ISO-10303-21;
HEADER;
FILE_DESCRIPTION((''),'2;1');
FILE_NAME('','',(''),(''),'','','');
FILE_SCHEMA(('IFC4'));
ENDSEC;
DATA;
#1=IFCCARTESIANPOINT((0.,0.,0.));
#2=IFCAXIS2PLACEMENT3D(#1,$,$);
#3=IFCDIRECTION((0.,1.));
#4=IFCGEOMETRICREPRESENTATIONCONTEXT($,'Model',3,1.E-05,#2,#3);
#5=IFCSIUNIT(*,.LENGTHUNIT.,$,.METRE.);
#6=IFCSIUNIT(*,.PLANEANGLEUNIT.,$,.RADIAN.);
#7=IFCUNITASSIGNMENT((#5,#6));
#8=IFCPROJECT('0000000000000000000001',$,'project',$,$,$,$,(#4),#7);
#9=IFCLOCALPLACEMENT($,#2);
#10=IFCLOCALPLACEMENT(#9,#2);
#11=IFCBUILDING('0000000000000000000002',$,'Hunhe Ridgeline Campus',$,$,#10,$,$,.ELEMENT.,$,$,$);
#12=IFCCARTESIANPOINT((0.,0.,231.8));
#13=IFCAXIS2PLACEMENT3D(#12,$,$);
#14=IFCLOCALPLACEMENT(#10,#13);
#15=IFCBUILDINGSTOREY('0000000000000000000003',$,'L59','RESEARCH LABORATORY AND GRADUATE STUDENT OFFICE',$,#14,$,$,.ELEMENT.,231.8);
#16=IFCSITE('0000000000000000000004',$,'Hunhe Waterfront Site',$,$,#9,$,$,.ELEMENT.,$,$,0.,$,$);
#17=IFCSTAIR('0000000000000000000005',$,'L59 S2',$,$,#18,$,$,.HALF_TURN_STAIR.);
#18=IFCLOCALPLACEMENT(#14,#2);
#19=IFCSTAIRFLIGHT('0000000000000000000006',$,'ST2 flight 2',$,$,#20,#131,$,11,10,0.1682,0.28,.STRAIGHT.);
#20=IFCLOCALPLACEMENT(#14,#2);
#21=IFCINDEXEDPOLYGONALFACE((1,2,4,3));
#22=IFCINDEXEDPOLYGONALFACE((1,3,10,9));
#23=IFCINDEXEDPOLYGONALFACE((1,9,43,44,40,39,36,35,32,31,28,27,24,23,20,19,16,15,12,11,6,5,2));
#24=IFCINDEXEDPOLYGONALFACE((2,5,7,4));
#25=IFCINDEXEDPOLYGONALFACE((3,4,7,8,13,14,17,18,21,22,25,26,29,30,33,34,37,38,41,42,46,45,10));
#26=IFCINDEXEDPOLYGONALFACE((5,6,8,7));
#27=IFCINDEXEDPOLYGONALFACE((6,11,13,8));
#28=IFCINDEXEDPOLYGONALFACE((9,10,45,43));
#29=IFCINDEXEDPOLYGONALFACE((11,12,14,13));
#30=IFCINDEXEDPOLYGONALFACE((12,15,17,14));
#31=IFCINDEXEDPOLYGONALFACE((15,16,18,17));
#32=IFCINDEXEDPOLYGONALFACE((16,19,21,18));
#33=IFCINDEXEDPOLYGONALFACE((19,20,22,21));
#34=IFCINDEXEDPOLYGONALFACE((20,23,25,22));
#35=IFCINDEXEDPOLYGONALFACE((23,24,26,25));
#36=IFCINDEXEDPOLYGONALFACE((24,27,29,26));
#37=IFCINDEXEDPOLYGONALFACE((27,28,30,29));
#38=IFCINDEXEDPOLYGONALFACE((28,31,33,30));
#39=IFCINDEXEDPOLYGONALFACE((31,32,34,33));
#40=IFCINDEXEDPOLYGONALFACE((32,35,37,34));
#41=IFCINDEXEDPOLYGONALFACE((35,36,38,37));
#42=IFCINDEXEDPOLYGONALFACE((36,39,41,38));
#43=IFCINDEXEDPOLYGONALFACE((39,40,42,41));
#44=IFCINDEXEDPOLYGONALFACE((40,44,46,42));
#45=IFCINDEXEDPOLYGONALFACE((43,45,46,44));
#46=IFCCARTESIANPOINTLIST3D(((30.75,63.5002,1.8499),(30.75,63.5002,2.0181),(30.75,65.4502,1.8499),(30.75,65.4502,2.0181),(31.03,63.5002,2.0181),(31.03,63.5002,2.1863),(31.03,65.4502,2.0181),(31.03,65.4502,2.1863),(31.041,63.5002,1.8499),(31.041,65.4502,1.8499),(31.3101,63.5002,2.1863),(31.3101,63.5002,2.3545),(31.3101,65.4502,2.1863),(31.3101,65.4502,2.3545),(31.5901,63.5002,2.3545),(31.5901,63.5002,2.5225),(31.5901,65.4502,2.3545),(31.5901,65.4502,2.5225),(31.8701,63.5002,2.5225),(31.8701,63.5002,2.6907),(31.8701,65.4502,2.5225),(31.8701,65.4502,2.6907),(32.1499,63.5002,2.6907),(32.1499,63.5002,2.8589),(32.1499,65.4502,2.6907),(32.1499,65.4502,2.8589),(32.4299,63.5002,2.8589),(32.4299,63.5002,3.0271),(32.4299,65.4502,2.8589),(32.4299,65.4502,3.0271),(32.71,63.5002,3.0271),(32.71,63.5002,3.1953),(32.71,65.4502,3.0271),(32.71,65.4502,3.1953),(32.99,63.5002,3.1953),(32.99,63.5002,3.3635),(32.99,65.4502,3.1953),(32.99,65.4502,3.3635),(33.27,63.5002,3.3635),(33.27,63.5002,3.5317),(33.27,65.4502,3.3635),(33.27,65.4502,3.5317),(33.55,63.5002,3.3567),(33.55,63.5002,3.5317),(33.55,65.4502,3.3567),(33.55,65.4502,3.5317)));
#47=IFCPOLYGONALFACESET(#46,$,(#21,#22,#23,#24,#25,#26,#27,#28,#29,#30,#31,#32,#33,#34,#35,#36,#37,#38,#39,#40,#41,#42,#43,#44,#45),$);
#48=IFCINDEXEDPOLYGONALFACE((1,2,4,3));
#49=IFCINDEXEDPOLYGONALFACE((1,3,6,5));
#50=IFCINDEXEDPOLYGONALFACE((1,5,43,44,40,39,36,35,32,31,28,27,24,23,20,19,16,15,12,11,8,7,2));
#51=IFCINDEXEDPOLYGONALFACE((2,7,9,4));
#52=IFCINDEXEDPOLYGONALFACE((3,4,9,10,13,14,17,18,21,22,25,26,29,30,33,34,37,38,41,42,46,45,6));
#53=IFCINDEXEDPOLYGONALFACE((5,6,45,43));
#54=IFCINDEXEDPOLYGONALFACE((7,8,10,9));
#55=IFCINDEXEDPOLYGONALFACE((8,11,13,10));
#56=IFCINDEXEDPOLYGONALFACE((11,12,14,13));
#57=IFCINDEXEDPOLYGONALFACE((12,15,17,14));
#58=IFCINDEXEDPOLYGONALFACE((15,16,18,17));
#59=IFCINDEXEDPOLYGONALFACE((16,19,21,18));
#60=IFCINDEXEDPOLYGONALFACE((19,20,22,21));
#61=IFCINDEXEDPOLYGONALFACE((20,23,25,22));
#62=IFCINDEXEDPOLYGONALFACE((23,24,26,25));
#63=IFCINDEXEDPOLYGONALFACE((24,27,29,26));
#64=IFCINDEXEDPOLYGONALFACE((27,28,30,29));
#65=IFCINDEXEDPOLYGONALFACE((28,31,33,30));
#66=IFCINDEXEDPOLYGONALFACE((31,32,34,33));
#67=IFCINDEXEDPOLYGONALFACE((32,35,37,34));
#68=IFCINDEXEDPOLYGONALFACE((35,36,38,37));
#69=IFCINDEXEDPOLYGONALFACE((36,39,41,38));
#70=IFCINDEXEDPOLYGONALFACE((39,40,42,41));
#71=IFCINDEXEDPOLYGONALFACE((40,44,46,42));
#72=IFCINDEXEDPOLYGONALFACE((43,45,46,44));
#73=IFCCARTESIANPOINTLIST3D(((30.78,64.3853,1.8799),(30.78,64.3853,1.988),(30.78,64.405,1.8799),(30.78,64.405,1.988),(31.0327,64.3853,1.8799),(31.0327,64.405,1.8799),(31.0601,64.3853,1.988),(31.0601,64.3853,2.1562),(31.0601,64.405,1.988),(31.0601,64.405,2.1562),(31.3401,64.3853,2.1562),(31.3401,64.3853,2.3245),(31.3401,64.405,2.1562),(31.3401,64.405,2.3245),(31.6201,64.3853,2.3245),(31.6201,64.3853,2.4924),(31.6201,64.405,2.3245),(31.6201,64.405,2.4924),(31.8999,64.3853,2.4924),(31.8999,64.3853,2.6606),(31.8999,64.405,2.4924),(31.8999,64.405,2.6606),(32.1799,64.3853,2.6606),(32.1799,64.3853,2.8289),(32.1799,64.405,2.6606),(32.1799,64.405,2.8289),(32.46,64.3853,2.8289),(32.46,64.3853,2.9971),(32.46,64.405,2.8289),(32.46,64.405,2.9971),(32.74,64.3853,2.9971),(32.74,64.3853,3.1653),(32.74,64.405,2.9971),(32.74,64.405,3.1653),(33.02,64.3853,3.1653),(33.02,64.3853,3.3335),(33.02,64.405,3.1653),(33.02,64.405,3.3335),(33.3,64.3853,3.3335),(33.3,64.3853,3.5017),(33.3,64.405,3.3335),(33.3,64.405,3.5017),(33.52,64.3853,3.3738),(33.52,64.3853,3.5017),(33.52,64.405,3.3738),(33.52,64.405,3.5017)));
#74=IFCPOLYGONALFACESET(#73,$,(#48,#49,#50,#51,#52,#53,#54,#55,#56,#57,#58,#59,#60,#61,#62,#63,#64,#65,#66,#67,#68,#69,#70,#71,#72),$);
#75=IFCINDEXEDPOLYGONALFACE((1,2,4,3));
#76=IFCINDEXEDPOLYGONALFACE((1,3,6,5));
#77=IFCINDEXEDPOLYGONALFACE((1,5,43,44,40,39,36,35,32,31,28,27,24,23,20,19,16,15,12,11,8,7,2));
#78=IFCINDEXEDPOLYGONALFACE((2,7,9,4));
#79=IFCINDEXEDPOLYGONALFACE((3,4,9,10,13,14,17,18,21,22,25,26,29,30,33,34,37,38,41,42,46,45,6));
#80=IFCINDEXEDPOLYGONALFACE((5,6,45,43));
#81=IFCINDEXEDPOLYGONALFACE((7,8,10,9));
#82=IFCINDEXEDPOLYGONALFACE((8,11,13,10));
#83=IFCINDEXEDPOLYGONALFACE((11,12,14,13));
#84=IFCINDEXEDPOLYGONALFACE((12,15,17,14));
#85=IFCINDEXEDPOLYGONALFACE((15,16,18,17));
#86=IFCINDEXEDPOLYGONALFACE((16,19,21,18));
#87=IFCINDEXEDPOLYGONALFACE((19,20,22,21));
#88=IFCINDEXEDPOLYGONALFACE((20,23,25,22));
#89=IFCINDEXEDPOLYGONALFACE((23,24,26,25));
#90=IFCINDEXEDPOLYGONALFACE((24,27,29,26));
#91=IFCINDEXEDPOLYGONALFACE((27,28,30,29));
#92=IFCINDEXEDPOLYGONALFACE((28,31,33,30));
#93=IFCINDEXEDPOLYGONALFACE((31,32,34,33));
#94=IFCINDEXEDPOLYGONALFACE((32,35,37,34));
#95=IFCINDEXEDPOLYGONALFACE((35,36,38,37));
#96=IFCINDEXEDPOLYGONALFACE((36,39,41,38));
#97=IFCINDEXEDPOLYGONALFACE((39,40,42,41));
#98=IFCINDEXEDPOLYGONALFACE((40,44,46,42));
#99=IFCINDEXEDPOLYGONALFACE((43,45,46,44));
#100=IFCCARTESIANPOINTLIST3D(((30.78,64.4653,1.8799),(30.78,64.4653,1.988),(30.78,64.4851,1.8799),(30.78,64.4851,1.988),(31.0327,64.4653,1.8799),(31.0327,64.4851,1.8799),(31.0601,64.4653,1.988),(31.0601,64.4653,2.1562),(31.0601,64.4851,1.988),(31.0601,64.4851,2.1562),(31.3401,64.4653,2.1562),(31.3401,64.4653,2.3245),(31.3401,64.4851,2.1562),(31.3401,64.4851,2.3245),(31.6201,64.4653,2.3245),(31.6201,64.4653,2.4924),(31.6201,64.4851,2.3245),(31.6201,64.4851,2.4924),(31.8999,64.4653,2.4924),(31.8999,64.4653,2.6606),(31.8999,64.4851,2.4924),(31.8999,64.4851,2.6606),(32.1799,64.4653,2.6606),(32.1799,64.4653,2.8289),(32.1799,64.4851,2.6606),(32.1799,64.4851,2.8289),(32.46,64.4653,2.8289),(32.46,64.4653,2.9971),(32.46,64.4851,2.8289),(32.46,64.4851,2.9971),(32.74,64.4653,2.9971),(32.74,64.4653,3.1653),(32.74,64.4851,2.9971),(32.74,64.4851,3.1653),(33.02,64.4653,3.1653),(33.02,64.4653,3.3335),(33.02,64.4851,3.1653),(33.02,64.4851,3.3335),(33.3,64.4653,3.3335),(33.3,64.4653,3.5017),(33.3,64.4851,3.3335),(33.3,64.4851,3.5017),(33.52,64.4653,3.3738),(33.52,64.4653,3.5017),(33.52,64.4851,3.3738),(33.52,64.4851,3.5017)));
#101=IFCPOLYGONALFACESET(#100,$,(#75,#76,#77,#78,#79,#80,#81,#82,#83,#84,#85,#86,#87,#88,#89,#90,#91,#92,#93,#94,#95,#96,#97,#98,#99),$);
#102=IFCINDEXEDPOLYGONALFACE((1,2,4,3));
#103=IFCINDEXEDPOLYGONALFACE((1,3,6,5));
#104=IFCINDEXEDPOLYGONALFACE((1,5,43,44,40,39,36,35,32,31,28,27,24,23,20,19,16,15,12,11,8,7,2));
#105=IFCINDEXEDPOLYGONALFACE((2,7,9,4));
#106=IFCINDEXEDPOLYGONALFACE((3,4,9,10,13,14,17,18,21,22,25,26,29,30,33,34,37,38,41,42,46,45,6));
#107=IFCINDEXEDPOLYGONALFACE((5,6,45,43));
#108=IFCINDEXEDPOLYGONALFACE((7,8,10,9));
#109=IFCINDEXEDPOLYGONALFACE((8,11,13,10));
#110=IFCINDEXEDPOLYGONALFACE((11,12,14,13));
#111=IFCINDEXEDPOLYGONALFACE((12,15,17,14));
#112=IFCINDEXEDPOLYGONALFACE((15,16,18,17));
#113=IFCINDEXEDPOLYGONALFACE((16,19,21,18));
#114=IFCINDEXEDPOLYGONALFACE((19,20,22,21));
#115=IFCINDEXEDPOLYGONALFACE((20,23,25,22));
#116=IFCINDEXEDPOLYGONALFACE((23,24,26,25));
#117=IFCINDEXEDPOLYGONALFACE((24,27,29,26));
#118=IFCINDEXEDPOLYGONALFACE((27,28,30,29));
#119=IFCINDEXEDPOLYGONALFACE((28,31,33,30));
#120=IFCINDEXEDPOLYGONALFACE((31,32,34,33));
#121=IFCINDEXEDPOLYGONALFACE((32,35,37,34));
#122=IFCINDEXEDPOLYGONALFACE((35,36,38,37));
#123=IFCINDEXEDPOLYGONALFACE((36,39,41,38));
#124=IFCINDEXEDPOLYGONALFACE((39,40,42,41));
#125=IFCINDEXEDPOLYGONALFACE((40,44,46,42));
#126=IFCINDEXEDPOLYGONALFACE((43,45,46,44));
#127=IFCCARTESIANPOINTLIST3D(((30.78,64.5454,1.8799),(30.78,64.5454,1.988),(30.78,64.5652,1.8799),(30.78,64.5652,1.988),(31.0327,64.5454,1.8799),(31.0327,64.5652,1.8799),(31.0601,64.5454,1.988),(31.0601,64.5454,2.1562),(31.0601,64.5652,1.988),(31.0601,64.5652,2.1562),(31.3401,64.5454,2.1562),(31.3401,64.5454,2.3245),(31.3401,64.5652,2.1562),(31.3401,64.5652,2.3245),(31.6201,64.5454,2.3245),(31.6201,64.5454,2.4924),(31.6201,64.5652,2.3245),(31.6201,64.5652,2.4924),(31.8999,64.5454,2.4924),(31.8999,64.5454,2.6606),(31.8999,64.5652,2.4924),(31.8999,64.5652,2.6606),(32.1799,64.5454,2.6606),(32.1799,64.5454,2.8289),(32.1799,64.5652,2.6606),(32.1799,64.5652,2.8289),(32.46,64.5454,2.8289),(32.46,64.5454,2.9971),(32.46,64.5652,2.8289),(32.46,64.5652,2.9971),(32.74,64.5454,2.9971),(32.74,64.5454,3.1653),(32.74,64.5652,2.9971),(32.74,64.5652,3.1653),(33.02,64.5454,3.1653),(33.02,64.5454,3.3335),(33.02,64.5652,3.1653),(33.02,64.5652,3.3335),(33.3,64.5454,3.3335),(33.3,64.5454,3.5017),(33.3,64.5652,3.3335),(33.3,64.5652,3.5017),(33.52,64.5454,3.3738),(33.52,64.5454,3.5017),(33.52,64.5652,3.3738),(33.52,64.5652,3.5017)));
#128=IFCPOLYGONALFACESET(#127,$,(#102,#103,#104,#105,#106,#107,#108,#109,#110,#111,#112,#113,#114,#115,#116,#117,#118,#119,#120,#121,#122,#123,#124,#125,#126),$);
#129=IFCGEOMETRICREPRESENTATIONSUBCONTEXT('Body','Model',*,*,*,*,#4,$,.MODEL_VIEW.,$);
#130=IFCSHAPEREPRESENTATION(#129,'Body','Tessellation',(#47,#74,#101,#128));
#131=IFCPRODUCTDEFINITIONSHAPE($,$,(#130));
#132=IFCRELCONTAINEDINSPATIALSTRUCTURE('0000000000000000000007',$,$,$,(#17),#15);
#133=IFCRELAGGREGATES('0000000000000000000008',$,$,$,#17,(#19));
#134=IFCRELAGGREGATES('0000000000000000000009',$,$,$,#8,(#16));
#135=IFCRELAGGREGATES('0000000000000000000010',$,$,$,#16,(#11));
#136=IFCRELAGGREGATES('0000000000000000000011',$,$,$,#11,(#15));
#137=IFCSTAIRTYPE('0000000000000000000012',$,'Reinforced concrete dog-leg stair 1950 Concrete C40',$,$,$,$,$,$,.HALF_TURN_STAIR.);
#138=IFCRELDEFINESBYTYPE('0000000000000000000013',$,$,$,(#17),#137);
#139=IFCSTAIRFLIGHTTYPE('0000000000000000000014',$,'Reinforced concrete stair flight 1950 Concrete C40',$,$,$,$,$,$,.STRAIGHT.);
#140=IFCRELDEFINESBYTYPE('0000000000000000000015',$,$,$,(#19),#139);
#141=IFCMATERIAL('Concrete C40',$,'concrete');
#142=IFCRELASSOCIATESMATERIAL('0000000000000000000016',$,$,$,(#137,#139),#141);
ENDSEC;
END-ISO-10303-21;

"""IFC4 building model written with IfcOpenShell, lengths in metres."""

from ifc_helpers import new_model, si_unit, direction, frame, origin, place, context, subcontext, project, spatial, polyline, outline, extrude, material, type_object, element, aggregate, save


model = new_model("IFC4")

# Units and contexts
model_context = context("Model", 3, precision=1e-05, world=origin(), true_north=direction((0.0, 1.0)))
body_context = subcontext(model_context, "Body", "Model", "MODEL_VIEW")
ifc_project = project(units=[si_unit("LENGTHUNIT", "METRE"), si_unit("PLANEANGLEUNIT", "RADIAN")], contexts=[model_context])

# Site, building, storey
site_placement = place(None, origin())
site = spatial("IfcSite", under=ifc_project, at=site_placement, Name="Hunhe Waterfront Site", CompositionType="ELEMENT", RefElevation=0.0)
building_placement = place(site_placement, origin())
building = spatial("IfcBuilding", under=site, at=building_placement, Name="Hunhe Ridgeline Campus", CompositionType="ELEMENT")
storey_placement = place(building_placement, frame((0.0, 0.0, 231.8)))
storey = spatial("IfcBuildingStorey", under=building, at=storey_placement, Name="L59", Description="RESEARCH LABORATORY AND GRADUATE STUDENT OFFICE", CompositionType="ELEMENT", Elevation=231.8)

# Stair, stair flight
ifc_material_1 = material(Name="Concrete C40", Category="concrete")
stair_type = type_object("IfcStairType", Name="Reinforced concrete dog-leg stair 1950 Concrete C40", PredefinedType="HALF_TURN_STAIR", material=ifc_material_1)
stair_1_placement = place(storey_placement, origin())
stair_1 = element("IfcStair", 1, at=stair_1_placement, inside=storey, type_object=stair_type, Name="L59 S2", PredefinedType="HALF_TURN_STAIR")
stair_flight_type = type_object("IfcStairFlightType", Name="Reinforced concrete stair flight 1950 Concrete C40", PredefinedType="STRAIGHT", material=ifc_material_1)
stair_flight_1_placement = place(storey_placement, frame((30.75, 64.4751, 1.8499), z_axis=(0.0, 0.0, 1.0), x_axis=(1.0, 0.0, 0.0)))
stair_flight_1 = element("IfcStairFlight", 2, at=stair_flight_1_placement, type_object=stair_flight_type, Name="ST2 flight 2", NumberOfRisers=11, NumberOfTreads=10, PredefinedType="STRAIGHT", RiserHeight=0.1682, TreadLength=0.28, context=body_context, shape_type="SweptSolid", body=[
    extrude(outline(polyline([(0.0, 0.0), (0.0, 0.1682), (0.28, 0.1682), (0.28, 0.3364), (0.5601, 0.3364), (0.5601, 0.5046), (0.8401, 0.5046), (0.8401, 0.6726), (1.1201, 0.6726), (1.1201, 0.8408), (1.3999, 0.8408), (1.3999, 1.009), (1.6799, 1.009), (1.6799, 1.1772), (1.96, 1.1772), (1.96, 1.3455), (2.24, 1.3455), (2.24, 1.5137), (2.52, 1.5137), (2.52, 1.6819), (2.8, 1.6819), (2.8, 1.8501), (2.8, 1.5068), (0.291, 0.0), (0.0, 0.0)])), frame((0.0, 0.9751, 0.0), z_axis=(0.0, -1.0, 0.0), x_axis=(1.0, 0.0, 0.0)), (0.0, 0.0, 1.0), 1.95),
    extrude(outline(polyline([(0.03, 0.03), (0.03, 0.1382), (0.3101, 0.1382), (0.3101, 0.3064), (0.5901, 0.3064), (0.5901, 0.4746), (0.8701, 0.4746), (0.8701, 0.6426), (1.1499, 0.6426), (1.1499, 0.8108), (1.4299, 0.8108), (1.4299, 0.979), (1.71, 0.979), (1.71, 1.1472), (1.99, 1.1472), (1.99, 1.3154), (2.27, 1.3154), (2.27, 1.4836), (2.55, 1.4836), (2.55, 1.6519), (2.77, 1.6519), (2.77, 1.5239), (0.2827, 0.03), (0.03, 0.03)])), frame((0.0, -0.0701, 0.0), z_axis=(0.0, -1.0, 0.0), x_axis=(1.0, 0.0, 0.0)), (0.0, 0.0, 1.0), 0.0198),
    extrude(outline(polyline([(0.03, 0.03), (0.03, 0.1382), (0.3101, 0.1382), (0.3101, 0.3064), (0.5901, 0.3064), (0.5901, 0.4746), (0.8701, 0.4746), (0.8701, 0.6426), (1.1499, 0.6426), (1.1499, 0.8108), (1.4299, 0.8108), (1.4299, 0.979), (1.71, 0.979), (1.71, 1.1472), (1.99, 1.1472), (1.99, 1.3154), (2.27, 1.3154), (2.27, 1.4836), (2.55, 1.4836), (2.55, 1.6519), (2.77, 1.6519), (2.77, 1.5239), (0.2827, 0.03), (0.03, 0.03)])), frame((0.0, 0.01, 0.0), z_axis=(0.0, -1.0, 0.0), x_axis=(1.0, 0.0, 0.0)), (0.0, 0.0, 1.0), 0.0198),
    extrude(outline(polyline([(0.03, 0.03), (0.03, 0.1382), (0.3101, 0.1382), (0.3101, 0.3064), (0.5901, 0.3064), (0.5901, 0.4746), (0.8701, 0.4746), (0.8701, 0.6426), (1.1499, 0.6426), (1.1499, 0.8108), (1.4299, 0.8108), (1.4299, 0.979), (1.71, 0.979), (1.71, 1.1472), (1.99, 1.1472), (1.99, 1.3154), (2.27, 1.3154), (2.27, 1.4836), (2.55, 1.4836), (2.55, 1.6519), (2.77, 1.6519), (2.77, 1.5239), (0.2827, 0.03), (0.03, 0.03)])), frame((0.0, 0.0901, 0.0), z_axis=(0.0, -1.0, 0.0), x_axis=(1.0, 0.0, 0.0)), (0.0, 0.0, 1.0), 0.0198),
])
aggregate(stair_1, [stair_flight_1])

save(model, "model.ifc")
